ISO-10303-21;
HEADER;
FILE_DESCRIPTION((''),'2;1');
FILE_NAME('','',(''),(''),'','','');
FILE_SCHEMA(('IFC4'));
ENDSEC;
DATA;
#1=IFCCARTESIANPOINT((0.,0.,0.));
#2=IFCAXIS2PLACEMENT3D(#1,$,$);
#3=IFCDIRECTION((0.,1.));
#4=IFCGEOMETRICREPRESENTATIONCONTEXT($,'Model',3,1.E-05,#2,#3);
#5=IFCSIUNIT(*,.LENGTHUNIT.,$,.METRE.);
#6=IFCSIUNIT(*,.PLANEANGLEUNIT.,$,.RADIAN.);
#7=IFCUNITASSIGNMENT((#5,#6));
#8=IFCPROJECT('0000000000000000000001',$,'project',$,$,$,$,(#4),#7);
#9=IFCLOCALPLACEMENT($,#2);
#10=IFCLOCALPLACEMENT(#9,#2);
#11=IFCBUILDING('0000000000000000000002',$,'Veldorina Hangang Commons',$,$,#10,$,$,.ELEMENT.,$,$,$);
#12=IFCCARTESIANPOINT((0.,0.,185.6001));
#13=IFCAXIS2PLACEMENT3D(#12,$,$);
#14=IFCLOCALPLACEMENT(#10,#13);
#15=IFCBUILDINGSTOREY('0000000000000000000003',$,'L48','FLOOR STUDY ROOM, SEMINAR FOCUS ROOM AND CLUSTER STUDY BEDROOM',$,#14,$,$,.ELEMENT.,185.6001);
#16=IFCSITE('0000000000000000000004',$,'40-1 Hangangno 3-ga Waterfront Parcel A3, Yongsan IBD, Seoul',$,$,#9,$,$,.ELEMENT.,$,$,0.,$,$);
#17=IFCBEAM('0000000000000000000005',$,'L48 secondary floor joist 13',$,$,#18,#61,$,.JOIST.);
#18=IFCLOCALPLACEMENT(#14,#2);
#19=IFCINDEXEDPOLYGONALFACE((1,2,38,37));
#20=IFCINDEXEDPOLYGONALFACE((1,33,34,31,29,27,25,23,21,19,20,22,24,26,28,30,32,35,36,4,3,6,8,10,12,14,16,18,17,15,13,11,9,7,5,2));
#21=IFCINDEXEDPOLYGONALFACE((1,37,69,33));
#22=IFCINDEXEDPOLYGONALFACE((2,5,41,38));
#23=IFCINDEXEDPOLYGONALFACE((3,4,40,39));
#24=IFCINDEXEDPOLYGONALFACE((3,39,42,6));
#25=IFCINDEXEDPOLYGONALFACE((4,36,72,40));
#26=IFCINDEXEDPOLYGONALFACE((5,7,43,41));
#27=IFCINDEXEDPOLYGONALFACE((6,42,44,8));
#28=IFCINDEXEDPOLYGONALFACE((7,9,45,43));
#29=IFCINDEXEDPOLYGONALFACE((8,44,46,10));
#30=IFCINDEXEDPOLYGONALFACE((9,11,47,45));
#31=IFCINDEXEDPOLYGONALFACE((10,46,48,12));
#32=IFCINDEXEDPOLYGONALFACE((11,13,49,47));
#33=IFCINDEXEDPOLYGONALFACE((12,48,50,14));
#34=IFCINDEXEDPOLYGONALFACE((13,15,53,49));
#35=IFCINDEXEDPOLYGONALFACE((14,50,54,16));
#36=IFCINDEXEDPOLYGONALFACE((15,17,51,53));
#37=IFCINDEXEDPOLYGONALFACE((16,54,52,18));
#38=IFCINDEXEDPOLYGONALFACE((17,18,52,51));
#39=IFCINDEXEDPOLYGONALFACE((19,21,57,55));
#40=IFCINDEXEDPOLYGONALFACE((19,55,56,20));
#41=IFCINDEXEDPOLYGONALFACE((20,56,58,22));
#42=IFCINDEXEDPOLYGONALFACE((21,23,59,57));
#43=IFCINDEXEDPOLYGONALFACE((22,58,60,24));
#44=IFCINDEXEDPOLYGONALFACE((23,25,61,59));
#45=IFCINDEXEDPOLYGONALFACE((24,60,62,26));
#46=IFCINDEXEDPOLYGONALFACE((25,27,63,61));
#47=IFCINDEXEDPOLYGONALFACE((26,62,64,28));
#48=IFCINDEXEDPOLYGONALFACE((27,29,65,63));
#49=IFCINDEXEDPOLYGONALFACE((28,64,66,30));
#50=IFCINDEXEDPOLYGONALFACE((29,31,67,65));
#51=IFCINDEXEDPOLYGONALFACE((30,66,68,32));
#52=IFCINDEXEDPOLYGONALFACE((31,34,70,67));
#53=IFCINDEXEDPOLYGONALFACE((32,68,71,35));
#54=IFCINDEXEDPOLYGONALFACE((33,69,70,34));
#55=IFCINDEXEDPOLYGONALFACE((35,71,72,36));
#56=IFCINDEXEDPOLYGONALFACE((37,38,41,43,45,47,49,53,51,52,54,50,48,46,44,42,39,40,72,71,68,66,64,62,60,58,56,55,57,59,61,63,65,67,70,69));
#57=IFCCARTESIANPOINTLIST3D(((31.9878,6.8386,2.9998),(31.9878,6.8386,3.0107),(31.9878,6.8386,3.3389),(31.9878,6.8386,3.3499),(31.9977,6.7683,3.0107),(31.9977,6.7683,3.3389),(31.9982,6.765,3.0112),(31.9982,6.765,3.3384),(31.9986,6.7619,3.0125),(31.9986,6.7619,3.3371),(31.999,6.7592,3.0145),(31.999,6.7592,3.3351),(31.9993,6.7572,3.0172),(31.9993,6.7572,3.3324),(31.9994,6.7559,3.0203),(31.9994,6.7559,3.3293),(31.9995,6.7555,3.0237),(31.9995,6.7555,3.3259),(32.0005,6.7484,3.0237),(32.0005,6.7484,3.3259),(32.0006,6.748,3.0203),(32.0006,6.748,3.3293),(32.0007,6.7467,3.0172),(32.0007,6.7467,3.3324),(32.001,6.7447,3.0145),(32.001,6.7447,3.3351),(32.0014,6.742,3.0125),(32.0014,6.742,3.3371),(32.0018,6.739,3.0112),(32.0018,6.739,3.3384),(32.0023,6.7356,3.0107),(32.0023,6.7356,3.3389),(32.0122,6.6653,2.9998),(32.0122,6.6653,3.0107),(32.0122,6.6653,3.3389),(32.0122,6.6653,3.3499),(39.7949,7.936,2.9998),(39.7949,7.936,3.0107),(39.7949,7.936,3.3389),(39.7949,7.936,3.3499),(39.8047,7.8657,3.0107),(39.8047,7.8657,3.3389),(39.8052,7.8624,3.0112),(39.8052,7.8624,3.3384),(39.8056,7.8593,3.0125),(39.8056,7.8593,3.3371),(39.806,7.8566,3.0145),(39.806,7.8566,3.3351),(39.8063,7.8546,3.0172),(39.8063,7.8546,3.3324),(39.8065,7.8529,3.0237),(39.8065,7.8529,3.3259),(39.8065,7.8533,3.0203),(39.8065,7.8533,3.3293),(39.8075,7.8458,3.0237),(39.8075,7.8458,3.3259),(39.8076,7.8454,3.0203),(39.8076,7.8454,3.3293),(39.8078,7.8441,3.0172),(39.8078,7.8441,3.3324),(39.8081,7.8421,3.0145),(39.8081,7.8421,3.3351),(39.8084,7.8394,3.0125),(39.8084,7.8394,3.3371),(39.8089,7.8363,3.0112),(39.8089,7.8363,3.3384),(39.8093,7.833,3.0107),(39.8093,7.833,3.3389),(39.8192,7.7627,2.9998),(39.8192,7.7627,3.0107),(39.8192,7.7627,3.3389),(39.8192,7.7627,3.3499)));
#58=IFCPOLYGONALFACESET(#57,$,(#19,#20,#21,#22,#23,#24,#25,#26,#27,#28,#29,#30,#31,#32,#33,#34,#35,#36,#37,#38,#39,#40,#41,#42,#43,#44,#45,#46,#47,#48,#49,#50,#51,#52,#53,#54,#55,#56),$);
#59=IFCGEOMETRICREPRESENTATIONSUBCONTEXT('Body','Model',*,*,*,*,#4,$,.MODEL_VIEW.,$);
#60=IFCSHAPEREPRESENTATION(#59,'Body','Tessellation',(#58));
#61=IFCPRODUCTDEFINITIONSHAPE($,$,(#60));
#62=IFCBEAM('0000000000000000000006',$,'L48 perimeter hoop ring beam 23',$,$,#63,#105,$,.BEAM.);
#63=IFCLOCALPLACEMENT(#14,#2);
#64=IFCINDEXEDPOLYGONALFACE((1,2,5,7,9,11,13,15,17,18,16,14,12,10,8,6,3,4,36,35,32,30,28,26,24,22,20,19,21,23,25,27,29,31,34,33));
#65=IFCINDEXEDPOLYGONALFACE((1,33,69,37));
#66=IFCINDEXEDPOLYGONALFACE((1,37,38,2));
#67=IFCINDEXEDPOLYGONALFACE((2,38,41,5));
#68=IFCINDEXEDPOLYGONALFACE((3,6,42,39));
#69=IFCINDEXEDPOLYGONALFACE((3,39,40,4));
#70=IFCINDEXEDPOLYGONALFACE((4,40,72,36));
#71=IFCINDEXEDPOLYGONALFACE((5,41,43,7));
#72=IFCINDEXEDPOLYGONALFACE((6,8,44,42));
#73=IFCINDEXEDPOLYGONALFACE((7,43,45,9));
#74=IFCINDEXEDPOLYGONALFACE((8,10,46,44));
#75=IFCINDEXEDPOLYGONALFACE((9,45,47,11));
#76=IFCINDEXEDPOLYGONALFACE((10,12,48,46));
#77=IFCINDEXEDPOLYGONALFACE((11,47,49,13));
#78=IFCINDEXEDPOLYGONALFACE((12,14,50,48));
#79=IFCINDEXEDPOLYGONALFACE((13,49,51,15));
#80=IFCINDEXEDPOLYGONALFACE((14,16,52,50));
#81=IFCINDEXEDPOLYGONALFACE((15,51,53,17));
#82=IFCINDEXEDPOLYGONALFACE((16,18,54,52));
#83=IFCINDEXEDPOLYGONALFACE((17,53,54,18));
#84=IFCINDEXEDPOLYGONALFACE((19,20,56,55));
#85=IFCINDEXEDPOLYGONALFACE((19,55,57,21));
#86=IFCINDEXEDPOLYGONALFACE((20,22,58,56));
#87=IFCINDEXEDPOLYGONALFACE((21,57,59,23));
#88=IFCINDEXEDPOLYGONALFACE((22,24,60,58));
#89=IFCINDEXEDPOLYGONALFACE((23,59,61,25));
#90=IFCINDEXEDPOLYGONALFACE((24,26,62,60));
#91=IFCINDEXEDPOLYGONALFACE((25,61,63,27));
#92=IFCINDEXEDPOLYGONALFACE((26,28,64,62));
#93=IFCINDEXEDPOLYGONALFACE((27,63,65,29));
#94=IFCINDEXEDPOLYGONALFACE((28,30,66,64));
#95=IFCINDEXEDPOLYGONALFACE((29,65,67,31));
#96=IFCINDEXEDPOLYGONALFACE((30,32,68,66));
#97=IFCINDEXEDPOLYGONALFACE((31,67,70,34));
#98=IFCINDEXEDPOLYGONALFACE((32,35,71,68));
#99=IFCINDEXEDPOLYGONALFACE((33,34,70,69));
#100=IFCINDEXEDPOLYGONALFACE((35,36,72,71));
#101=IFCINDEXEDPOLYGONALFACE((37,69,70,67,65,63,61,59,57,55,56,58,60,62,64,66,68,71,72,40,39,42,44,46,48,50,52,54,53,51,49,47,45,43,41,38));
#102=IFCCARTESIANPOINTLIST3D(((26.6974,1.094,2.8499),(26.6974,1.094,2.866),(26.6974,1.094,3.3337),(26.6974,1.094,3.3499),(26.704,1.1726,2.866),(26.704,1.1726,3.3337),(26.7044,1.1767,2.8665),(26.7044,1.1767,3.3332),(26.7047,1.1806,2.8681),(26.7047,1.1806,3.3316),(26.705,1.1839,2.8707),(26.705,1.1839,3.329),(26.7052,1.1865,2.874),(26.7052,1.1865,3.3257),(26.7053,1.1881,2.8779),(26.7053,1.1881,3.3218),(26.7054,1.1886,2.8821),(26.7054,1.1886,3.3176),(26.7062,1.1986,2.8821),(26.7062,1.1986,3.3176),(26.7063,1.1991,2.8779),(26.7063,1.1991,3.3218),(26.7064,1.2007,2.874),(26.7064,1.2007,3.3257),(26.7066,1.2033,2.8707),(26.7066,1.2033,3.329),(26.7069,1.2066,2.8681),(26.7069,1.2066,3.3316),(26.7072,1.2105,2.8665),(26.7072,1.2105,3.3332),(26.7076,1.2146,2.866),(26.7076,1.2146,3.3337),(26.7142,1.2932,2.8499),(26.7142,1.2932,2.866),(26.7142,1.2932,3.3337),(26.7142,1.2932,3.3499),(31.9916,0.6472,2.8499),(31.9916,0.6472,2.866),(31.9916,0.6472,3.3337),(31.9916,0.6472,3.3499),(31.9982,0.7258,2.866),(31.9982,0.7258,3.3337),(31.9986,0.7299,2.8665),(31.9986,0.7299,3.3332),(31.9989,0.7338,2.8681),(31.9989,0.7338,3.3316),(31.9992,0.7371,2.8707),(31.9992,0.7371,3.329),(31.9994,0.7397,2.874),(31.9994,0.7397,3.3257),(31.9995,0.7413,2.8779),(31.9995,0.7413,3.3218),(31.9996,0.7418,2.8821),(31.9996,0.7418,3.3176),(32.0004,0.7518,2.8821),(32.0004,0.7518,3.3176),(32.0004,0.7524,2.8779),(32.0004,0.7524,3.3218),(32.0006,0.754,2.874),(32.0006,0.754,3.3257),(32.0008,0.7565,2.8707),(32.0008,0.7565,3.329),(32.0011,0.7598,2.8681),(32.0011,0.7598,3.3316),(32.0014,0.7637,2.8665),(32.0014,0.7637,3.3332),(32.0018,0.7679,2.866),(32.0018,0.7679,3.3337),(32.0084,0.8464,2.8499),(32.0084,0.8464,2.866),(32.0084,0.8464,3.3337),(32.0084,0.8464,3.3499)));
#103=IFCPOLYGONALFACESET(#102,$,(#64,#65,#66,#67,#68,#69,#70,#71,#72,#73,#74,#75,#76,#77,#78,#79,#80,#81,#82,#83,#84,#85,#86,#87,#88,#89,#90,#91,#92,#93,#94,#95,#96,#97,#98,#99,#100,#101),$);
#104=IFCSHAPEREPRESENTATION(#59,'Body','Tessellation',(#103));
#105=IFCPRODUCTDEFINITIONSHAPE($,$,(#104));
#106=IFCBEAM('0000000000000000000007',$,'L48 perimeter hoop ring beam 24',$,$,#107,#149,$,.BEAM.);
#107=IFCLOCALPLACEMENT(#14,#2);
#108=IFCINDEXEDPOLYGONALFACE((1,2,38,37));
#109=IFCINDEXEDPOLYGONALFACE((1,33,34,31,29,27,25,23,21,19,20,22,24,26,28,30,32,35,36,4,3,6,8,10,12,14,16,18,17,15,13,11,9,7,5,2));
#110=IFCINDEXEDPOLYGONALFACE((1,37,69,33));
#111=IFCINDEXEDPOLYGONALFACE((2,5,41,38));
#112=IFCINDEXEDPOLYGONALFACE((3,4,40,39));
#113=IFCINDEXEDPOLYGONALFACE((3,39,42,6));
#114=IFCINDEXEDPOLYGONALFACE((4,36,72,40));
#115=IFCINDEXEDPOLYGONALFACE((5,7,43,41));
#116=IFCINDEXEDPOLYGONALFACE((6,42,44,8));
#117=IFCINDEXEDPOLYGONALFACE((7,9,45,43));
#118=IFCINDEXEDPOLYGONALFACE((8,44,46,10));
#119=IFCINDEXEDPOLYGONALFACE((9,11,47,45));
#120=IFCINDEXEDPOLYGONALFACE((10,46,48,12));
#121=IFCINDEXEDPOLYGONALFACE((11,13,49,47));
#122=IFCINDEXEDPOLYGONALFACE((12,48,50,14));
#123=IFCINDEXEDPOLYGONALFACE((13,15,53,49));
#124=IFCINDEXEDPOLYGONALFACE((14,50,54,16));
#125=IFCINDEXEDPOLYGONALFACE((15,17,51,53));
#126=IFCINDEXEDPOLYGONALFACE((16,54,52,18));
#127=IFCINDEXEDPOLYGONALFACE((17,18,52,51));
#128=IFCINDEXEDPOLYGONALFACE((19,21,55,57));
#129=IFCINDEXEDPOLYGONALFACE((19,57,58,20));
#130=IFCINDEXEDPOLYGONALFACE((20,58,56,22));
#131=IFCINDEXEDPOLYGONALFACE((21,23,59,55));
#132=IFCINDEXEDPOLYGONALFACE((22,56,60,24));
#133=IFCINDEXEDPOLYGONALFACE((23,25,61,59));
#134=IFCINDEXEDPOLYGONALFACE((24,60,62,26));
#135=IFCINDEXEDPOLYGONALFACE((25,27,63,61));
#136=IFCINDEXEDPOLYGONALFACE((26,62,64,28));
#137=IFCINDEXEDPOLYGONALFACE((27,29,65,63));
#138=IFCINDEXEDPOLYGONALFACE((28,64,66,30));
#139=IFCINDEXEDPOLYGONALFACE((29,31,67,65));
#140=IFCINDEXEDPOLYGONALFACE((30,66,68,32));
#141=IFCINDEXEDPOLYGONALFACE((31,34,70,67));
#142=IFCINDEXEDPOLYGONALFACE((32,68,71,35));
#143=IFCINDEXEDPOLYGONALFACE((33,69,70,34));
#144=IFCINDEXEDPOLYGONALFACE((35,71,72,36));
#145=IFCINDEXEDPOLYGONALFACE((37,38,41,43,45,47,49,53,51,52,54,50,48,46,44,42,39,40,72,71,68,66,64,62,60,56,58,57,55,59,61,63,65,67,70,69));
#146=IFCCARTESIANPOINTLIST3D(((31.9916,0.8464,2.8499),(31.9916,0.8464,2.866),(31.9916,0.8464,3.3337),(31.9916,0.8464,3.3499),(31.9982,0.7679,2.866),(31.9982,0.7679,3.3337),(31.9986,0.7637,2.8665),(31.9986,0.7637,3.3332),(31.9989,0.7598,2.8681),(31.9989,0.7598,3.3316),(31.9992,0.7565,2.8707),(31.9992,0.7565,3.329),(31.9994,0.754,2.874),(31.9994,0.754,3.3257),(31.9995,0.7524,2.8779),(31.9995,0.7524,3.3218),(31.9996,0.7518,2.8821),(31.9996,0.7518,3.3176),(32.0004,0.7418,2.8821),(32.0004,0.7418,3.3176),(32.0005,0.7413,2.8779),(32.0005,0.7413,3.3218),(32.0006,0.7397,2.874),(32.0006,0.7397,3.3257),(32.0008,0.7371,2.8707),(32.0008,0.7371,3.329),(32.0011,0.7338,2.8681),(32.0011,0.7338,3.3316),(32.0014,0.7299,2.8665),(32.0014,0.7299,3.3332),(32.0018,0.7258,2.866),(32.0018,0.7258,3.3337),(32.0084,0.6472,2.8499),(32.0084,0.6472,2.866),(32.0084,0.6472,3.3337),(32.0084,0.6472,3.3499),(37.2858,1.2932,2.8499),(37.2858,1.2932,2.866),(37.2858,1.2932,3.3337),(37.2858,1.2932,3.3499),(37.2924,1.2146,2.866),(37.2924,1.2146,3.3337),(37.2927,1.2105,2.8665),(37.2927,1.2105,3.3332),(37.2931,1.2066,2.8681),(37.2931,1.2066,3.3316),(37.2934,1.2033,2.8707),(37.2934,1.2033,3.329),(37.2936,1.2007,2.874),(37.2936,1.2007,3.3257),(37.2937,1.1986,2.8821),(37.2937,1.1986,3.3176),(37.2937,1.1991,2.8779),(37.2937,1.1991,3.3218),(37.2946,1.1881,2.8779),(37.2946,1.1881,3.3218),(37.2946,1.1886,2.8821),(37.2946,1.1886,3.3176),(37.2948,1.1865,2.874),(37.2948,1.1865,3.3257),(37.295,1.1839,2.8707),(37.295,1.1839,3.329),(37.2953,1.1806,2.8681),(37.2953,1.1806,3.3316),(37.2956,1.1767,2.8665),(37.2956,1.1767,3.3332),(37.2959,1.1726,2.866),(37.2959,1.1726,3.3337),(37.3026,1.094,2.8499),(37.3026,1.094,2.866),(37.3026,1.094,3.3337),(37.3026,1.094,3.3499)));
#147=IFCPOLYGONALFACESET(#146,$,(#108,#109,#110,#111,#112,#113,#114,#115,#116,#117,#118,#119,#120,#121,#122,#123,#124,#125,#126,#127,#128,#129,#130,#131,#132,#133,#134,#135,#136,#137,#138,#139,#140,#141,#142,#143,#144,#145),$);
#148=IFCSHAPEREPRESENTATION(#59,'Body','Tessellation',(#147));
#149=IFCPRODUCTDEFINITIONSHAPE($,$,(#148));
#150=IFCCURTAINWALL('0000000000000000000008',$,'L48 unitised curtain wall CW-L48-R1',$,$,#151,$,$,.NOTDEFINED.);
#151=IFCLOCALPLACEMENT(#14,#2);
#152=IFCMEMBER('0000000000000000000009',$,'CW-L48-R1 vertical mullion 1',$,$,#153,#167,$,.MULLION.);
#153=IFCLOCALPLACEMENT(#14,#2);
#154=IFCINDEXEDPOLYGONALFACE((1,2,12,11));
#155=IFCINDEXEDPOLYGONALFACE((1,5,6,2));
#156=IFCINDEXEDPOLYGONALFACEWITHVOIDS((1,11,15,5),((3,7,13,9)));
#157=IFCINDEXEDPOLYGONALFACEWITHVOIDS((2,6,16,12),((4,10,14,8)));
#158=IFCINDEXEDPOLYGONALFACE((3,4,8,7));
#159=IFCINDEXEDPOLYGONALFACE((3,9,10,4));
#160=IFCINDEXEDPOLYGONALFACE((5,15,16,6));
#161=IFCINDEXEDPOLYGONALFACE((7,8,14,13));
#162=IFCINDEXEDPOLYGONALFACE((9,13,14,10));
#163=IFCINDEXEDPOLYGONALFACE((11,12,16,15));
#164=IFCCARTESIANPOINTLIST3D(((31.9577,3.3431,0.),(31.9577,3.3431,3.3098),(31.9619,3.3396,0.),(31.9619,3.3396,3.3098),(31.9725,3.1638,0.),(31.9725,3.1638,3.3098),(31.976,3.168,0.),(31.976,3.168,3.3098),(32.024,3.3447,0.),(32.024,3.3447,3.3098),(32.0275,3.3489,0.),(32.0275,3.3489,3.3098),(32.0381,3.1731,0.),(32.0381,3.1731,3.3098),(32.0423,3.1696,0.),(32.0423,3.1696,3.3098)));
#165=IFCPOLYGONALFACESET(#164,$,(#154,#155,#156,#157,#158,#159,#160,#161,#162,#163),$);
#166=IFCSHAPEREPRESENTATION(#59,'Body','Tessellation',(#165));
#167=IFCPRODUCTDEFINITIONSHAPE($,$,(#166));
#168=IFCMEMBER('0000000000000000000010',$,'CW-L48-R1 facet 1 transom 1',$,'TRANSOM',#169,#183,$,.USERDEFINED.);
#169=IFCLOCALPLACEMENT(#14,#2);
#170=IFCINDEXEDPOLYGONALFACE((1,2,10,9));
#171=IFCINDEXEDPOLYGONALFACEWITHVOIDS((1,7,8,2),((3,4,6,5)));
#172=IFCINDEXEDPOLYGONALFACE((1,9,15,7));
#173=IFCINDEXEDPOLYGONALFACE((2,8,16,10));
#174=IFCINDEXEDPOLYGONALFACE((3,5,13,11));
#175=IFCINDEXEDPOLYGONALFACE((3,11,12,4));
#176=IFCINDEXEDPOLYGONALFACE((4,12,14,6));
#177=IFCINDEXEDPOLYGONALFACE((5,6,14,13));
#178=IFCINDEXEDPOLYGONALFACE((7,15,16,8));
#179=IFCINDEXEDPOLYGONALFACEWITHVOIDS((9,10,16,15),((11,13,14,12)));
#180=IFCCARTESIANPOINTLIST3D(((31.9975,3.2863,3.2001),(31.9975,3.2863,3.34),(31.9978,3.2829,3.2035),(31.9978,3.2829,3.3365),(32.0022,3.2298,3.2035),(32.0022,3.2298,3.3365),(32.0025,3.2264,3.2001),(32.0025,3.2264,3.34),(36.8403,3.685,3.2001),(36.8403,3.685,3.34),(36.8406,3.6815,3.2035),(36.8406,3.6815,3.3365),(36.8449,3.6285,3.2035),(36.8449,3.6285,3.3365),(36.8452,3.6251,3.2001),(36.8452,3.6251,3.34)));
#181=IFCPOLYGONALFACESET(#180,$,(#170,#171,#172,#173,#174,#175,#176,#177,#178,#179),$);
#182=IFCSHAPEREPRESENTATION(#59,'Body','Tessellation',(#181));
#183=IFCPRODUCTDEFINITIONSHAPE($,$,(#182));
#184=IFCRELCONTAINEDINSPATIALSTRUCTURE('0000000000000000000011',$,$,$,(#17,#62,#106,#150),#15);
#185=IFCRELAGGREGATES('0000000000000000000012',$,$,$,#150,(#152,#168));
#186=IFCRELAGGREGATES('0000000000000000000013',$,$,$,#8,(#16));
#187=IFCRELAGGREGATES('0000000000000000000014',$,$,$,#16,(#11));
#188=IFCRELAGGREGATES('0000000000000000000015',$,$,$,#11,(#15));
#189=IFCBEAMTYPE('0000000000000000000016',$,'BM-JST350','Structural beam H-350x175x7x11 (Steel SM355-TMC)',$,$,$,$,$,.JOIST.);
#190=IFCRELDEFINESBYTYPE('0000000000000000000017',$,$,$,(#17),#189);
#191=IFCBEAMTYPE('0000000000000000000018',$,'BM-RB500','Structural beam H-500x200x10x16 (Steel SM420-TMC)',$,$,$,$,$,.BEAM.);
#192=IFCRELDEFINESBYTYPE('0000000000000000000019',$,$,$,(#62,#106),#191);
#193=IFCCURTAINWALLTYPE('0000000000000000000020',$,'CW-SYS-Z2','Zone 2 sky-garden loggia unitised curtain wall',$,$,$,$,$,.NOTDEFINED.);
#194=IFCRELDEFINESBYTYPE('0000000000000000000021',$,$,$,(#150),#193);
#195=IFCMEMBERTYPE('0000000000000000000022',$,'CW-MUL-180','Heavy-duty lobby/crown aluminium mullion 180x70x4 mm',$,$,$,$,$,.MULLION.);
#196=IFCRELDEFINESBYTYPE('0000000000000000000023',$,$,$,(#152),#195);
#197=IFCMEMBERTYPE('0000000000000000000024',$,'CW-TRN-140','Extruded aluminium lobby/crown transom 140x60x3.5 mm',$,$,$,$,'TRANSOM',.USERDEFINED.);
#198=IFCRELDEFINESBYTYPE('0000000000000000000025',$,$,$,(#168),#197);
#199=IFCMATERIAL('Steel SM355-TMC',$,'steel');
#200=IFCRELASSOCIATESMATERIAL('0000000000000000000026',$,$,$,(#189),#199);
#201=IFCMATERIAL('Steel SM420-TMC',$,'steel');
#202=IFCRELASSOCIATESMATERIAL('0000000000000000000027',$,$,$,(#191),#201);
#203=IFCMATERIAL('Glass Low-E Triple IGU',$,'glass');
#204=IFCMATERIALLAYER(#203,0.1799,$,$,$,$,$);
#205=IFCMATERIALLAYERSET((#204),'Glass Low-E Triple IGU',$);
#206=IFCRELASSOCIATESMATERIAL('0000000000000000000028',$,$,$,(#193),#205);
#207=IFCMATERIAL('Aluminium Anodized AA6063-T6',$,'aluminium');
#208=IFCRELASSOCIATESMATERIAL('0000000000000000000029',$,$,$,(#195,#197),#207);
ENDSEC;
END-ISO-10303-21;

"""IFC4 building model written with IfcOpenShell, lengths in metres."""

from ifc_helpers import new_model, si_unit, direction, frame, origin, origin_2d, place, context, subcontext, project, spatial, hollow_rectangle, i_section, extrude, material, layer, layer_set, material_profile, profile_set, type_object, element, aggregate, save


model = new_model("IFC4")

# Units and contexts
model_context = context("Model", 3, precision=1e-05, world=origin(), true_north=direction((0.0, 1.0)))
body_context = subcontext(model_context, "Body", "Model", "MODEL_VIEW")
ifc_project = project(units=[si_unit("LENGTHUNIT", "METRE"), si_unit("PLANEANGLEUNIT", "RADIAN")], contexts=[model_context])

# Site, building, storey
site_placement = place(None, origin())
site = spatial("IfcSite", under=ifc_project, at=site_placement, Name="40-1 Hangangno 3-ga Waterfront Parcel A3, Yongsan IBD, Seoul", CompositionType="ELEMENT", RefElevation=0.0)
building_placement = place(site_placement, origin())
building = spatial("IfcBuilding", under=site, at=building_placement, Name="Veldorina Hangang Commons", CompositionType="ELEMENT")
storey_placement = place(building_placement, frame((0.0, 0.0, 185.6001)))
storey = spatial("IfcBuildingStorey", under=building, at=storey_placement, Name="L48", Description="FLOOR STUDY ROOM, SEMINAR FOCUS ROOM AND CLUSTER STUDY BEDROOM", CompositionType="ELEMENT", Elevation=185.6001)

# Beams
ifc_material_1 = material(Name="Steel SM355-TMC", Category="steel")
ifc_material_profile_1 = material_profile(ifc_material_1, i_section(OverallWidth=0.175, OverallDepth=0.3501, WebThickness=0.0071, FlangeThickness=0.011, FilletRadius=0.0129, at=origin_2d()), Name="H-350x175x7x11")
ifc_profile_set_1 = profile_set([ifc_material_profile_1], Name="Steel SM355-TMC")
beam_type_1 = type_object("IfcBeamType", Name="BM-JST350", Description="Structural beam H-350x175x7x11 (Steel SM355-TMC)", PredefinedType="JOIST", material=ifc_profile_set_1)
beam_placement = place(storey_placement, frame((32.0, 6.752, 3.1748), z_axis=(0.990265, 0.139197, 0.0), x_axis=(-0.139197, 0.990265, 0.0)))
element("IfcBeam", 1, at=beam_placement, inside=storey, type_object=beam_type_1, Name="L48 secondary floor joist 13", PredefinedType="JOIST", context=body_context, shape_type="SweptSolid", body=[
    extrude(i_section(OverallWidth=0.175, OverallDepth=0.3501, WebThickness=0.0071, FlangeThickness=0.011, FilletRadius=0.0129, at=origin_2d()), origin(), (0.0, 0.0, 1.0), 7.8838),
])
ifc_material_2 = material(Name="Steel SM420-TMC", Category="steel")
ifc_material_profile_2 = material_profile(ifc_material_2, i_section(OverallWidth=0.2, OverallDepth=0.5, WebThickness=0.01, FlangeThickness=0.0161, FilletRadius=0.0161, at=origin_2d()), Name="H-500x200x10x16")
ifc_profile_set_2 = profile_set([ifc_material_profile_2], Name="Steel SM420-TMC")
beam_type_2 = type_object("IfcBeamType", Name="BM-RB500", Description="Structural beam H-500x200x10x16 (Steel SM420-TMC)", PredefinedType="BEAM", material=ifc_profile_set_2)
for number, where, z_axis, x_axis, name in (
    (2, (26.7058, 1.1936, 3.0999), (0.996458, -0.084091, 0.0), (0.084091, 0.996458, 0.0), "L48 perimeter hoop ring beam 23"),
    (3, (32.0, 0.7468, 3.0999), (0.996458, 0.084091, 0.0), (-0.084091, 0.996458, 0.0), "L48 perimeter hoop ring beam 24"),
):
    element("IfcBeam", number, at=place(storey_placement, frame(where, z_axis=z_axis, x_axis=x_axis)), inside=storey, type_object=beam_type_2, Name=name, PredefinedType="BEAM", context=body_context, shape_type="SweptSolid", body=[
        extrude(i_section(OverallWidth=0.2, OverallDepth=0.5, WebThickness=0.01, FlangeThickness=0.0161, FilletRadius=0.0161, at=origin_2d()), origin(), (0.0, 0.0, 1.0), 5.313),
    ])

# Curtain wall, members
ifc_material_3 = material(Name="Glass Low-E Triple IGU", Category="glass")
ifc_layer_1 = layer(ifc_material_3, 0.1799)
ifc_layer_set_1 = layer_set([ifc_layer_1], Name="Glass Low-E Triple IGU")
curtain_wall_type = type_object("IfcCurtainWallType", Name="CW-SYS-Z2", Description="Zone 2 sky-garden loggia unitised curtain wall", PredefinedType="NOTDEFINED", material=ifc_layer_set_1)
curtain_wall_placement = place(storey_placement, origin())
curtain_wall = element("IfcCurtainWall", 4, at=curtain_wall_placement, inside=storey, type_object=curtain_wall_type, Name="L48 unitised curtain wall CW-L48-R1", PredefinedType="NOTDEFINED")
ifc_material_4 = material(Name="Aluminium Anodized AA6063-T6", Category="aluminium")
ifc_material_profile_3 = material_profile(ifc_material_4, hollow_rectangle(XDim=0.0701, YDim=0.1799, WallThickness=0.0039, at=origin_2d()), Name="ALU-RHS-180x70x4")
ifc_profile_set_3 = profile_set([ifc_material_profile_3], Name="Aluminium Anodized AA6063-T6")
member_type_1 = type_object("IfcMemberType", Name="CW-MUL-180", Description="Heavy-duty lobby/crown aluminium mullion 180x70x4 mm", PredefinedType="MULLION", material=ifc_profile_set_3)
member_1_placement = place(storey_placement, frame((32.0, 3.2563, 0.0), z_axis=(0.0, 0.0, 1.0), x_axis=(0.99663, 0.082025, 0.0)))
member_1 = element("IfcMember", 5, at=member_1_placement, type_object=member_type_1, Name="CW-L48-R1 vertical mullion 1", PredefinedType="MULLION", context=body_context, shape_type="SweptSolid", body=[
    extrude(hollow_rectangle(XDim=0.0701, YDim=0.1799, WallThickness=0.0039, at=origin_2d()), origin(), (0.0, 0.0, 1.0), 3.3098),
])
ifc_material_profile_4 = material_profile(ifc_material_4, hollow_rectangle(XDim=0.0601, YDim=0.1399, WallThickness=0.0034, at=origin_2d()), Name="ALU-RHS-140x60x3.5")
ifc_profile_set_4 = profile_set([ifc_material_profile_4], Name="Aluminium Anodized AA6063-T6")
member_type_2 = type_object("IfcMemberType", Name="CW-TRN-140", Description="Extruded aluminium lobby/crown transom 140x60x3.5 mm", ElementType="TRANSOM", PredefinedType="USERDEFINED", material=ifc_profile_set_4)
member_2_placement = place(storey_placement, frame((32.0, 3.2563, 3.27), z_axis=(0.996628, 0.082048, 0.0), x_axis=(-0.082048, 0.996628, 0.0)))
member_2 = element("IfcMember", 6, at=member_2_placement, type_object=member_type_2, Name="CW-L48-R1 facet 1 transom 1", ObjectType="TRANSOM", PredefinedType="USERDEFINED", context=body_context, shape_type="SweptSolid", body=[
    extrude(hollow_rectangle(XDim=0.0601, YDim=0.1399, WallThickness=0.0034, at=origin_2d()), origin(), (0.0, 0.0, 1.0), 4.8591),
])
aggregate(curtain_wall, [member_1, member_2])

save(model, "model.ifc")
